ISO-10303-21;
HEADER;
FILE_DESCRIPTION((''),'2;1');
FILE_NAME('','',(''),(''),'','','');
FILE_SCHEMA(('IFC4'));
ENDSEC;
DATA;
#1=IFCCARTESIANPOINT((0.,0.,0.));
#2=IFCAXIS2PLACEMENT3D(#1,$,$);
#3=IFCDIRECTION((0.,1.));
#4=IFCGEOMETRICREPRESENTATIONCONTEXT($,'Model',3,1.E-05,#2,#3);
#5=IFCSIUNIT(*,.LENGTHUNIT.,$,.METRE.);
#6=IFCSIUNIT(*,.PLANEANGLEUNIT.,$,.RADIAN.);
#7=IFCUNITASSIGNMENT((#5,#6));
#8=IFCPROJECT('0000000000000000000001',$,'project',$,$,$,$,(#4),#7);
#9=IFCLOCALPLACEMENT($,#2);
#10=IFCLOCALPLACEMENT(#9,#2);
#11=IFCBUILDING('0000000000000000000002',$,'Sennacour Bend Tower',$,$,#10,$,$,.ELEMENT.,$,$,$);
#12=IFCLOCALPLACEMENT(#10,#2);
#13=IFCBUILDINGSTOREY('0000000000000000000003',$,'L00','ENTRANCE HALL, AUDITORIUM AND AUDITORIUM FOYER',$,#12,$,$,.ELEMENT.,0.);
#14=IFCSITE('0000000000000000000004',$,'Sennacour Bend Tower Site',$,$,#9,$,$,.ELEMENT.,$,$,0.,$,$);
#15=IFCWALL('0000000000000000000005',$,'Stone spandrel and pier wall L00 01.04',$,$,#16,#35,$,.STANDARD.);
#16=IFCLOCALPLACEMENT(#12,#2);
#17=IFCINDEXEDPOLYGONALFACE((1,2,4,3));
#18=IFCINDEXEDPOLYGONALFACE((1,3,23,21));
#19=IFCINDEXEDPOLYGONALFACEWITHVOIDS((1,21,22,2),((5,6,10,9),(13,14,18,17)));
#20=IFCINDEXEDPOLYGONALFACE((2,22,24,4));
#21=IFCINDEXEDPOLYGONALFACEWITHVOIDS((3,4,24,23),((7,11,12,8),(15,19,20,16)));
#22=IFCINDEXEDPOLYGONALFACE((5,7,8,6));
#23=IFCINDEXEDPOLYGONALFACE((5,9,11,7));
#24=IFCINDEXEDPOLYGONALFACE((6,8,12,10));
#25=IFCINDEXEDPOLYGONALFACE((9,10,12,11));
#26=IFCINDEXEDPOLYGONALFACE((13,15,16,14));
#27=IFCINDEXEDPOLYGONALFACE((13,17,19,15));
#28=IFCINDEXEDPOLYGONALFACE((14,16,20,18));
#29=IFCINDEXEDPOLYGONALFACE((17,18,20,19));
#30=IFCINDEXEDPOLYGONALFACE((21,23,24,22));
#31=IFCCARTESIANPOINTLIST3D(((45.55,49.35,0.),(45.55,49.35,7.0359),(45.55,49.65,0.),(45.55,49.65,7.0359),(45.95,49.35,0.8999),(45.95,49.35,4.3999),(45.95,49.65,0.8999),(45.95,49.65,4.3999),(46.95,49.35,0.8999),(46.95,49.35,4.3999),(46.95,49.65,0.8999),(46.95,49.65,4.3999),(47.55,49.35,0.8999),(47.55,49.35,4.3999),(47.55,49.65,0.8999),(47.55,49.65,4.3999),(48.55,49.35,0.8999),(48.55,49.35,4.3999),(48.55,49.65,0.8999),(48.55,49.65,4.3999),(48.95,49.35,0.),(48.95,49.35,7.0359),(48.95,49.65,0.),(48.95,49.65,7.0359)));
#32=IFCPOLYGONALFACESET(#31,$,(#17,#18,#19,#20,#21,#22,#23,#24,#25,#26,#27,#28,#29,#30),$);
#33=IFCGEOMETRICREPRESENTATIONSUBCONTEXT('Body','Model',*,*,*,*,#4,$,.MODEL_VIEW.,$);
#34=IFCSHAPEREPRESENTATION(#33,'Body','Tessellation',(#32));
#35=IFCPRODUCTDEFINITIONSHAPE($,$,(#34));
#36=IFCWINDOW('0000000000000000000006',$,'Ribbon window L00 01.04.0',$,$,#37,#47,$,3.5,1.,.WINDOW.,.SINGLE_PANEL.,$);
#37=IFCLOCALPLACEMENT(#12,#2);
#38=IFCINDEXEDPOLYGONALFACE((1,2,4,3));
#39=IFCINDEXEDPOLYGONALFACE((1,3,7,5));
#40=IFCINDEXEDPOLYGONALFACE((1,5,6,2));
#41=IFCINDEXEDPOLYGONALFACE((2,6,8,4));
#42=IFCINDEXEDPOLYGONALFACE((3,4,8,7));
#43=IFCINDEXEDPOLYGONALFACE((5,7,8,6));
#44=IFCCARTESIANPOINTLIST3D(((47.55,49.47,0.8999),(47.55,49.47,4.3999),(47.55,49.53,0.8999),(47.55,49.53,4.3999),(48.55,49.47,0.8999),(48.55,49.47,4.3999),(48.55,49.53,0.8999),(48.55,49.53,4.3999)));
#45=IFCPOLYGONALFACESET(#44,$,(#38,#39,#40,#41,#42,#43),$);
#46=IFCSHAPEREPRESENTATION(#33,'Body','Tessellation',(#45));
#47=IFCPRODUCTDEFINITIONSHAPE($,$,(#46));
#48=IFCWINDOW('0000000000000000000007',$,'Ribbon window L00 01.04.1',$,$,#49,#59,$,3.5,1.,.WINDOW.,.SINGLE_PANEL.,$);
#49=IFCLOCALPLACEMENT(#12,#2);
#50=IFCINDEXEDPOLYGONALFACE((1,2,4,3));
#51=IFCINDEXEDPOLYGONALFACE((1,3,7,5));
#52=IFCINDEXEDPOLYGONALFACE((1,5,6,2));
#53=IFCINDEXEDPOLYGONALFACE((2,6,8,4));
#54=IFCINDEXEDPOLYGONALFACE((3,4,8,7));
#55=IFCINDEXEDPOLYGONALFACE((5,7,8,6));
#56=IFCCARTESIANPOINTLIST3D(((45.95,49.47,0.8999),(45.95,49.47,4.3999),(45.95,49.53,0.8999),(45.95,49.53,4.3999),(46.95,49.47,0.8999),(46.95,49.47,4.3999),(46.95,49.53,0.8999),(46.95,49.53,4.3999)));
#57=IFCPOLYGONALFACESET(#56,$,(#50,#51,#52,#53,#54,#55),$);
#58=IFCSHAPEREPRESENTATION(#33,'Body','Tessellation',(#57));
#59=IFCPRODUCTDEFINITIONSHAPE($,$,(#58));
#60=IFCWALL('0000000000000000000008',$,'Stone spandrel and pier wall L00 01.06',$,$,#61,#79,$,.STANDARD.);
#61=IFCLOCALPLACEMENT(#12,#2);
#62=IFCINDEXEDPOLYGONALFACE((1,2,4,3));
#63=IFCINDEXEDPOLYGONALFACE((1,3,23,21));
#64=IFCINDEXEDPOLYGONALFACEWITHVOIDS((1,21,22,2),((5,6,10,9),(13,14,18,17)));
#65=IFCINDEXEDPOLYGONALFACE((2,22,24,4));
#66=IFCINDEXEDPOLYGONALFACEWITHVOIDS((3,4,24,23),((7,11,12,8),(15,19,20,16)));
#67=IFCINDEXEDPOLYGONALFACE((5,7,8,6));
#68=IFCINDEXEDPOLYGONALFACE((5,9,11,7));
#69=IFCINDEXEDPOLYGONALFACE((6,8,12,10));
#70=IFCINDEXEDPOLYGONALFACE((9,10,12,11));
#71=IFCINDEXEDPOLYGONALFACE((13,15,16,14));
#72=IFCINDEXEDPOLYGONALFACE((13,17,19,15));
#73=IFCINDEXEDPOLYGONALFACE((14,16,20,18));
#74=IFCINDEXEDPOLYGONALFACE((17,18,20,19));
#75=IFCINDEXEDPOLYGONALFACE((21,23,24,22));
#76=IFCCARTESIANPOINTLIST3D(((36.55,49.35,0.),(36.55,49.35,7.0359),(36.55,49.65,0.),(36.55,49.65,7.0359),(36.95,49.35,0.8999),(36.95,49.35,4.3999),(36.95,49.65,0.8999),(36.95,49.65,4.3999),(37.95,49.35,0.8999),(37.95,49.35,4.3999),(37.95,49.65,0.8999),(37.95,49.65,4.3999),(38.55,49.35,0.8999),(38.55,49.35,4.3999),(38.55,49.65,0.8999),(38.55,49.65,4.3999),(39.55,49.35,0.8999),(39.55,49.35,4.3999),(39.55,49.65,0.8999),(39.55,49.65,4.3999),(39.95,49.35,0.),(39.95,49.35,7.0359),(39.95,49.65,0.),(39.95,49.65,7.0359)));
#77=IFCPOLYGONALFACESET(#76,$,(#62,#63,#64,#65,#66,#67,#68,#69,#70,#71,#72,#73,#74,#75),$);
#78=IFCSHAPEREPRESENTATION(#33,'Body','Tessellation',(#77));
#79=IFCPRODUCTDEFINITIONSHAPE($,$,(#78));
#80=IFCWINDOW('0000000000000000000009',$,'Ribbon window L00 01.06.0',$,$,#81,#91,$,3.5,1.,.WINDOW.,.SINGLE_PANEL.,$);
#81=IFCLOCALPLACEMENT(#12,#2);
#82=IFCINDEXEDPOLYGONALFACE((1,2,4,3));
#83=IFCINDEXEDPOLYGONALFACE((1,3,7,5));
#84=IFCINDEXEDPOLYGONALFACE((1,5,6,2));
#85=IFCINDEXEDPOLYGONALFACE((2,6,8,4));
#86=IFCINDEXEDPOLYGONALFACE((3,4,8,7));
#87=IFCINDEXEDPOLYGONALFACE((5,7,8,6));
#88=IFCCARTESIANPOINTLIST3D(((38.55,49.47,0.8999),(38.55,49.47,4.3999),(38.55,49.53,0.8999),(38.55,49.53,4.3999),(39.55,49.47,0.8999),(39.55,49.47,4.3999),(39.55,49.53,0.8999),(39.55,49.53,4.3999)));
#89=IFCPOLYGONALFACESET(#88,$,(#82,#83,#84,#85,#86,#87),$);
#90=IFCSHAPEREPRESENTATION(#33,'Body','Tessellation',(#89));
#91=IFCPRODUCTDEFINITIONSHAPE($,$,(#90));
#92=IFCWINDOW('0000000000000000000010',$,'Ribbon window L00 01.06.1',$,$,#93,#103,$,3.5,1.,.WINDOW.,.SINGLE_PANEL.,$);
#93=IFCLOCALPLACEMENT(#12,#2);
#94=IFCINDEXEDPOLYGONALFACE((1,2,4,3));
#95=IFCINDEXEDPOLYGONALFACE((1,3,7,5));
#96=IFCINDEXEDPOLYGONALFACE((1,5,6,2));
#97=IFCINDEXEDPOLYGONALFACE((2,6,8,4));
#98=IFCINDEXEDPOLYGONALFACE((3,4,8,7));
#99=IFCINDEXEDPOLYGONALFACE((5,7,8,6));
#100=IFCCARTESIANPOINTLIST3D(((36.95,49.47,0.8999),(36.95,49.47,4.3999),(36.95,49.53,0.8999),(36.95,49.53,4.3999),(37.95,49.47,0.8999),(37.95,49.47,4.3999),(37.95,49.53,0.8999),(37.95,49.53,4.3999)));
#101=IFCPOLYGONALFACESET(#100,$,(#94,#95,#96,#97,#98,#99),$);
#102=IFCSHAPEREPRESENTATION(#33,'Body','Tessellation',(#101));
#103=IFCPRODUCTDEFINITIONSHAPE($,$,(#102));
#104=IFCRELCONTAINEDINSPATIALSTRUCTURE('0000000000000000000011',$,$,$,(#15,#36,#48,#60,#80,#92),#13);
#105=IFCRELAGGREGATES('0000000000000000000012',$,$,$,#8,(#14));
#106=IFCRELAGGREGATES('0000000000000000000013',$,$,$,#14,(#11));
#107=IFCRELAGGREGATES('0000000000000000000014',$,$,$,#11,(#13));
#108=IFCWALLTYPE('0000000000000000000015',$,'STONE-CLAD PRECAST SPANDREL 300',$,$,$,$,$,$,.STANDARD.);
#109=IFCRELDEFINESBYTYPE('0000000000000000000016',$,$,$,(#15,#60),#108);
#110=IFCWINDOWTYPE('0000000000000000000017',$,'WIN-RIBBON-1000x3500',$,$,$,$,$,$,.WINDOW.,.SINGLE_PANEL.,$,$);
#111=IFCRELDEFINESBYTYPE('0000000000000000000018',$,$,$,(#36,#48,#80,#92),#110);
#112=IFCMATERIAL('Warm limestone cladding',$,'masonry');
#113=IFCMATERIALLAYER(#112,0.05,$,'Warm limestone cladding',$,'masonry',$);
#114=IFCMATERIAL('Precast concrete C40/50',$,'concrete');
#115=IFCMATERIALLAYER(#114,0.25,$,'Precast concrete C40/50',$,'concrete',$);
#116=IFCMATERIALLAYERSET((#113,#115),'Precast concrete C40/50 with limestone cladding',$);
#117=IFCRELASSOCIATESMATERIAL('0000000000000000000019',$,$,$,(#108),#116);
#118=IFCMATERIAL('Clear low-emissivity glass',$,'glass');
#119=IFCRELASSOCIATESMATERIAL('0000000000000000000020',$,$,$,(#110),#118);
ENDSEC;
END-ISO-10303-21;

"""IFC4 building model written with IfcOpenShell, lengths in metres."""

from ifc_helpers import new_model, si_unit, direction, frame, frame_2d, origin, place, context, subcontext, project, spatial, rectangle, extrude, material, layer, layer_set, type_object, element, fill, save


model = new_model("IFC4")

# Units and contexts
model_context = context("Model", 3, precision=1e-05, world=origin(), true_north=direction((0.0, 1.0)))
body_context = subcontext(model_context, "Body", "Model", "MODEL_VIEW")
ifc_project = project(units=[si_unit("LENGTHUNIT", "METRE"), si_unit("PLANEANGLEUNIT", "RADIAN")], contexts=[model_context])

# Site, building, storey
site_placement = place(None, origin())
site = spatial("IfcSite", under=ifc_project, at=site_placement, Name="Sennacour Bend Tower Site", CompositionType="ELEMENT", RefElevation=0.0)
building_placement = place(site_placement, origin())
building = spatial("IfcBuilding", under=site, at=building_placement, Name="Sennacour Bend Tower", CompositionType="ELEMENT")
storey_placement = place(building_placement, origin())
storey = spatial("IfcBuildingStorey", under=building, at=storey_placement, Name="L00", Description="ENTRANCE HALL, AUDITORIUM AND AUDITORIUM FOYER", CompositionType="ELEMENT", Elevation=0.0)

# Shared definitions
ifc_material_1 = material(Name="Precast concrete C40/50", Category="concrete")

# Walls, openings, windows
ifc_material_2 = material(Name="Warm limestone cladding", Category="masonry")
ifc_layer_1 = layer(ifc_material_2, 0.05, Name="Warm limestone cladding", Category="masonry")
ifc_layer_2 = layer(ifc_material_1, 0.25, Name="Precast concrete C40/50", Category="concrete")
ifc_layer_set_1 = layer_set([ifc_layer_1, ifc_layer_2], Name="Precast concrete C40/50 with limestone cladding")
wall_type_1 = type_object("IfcWallType", Name="STONE-CLAD PRECAST SPANDREL 300", PredefinedType="STANDARD", material=ifc_layer_set_1)
wall_1_placement = place(storey_placement, frame((48.95, 49.5, 0.0), z_axis=(0.0, 0.0, 1.0), x_axis=(-1.0, 0.0, 0.0)))
wall_1 = element("IfcWall", 1, at=wall_1_placement, inside=storey, type_object=wall_type_1, Name="Stone spandrel and pier wall L00 01.04", PredefinedType="STANDARD", context=body_context, shape_type="SweptSolid", body=[
    extrude(rectangle(XDim=3.3999, YDim=0.3, at=frame_2d((1.7, 0.0))), origin(), (0.0, 0.0, 1.0), 7.0359),
])
opening_1_placement = place(wall_1_placement, frame((0.3999, 0.0, 0.8999)))
opening_1 = element("IfcOpeningElement", 2, at=opening_1_placement, cuts=wall_1, PredefinedType="OPENING", context=body_context, shape_type="SweptSolid", body=[
    extrude(rectangle(XDim=1.0, YDim=3.5, at=frame_2d((0.5, 1.75))), frame((0.0, 0.1602, 0.0), z_axis=(0.0, -1.0, 0.0), x_axis=(1.0, 0.0, 0.0)), (0.0, 0.0, 1.0), 0.3201),
])
opening_2_placement = place(wall_1_placement, frame((2.0, 0.0, 0.8999)))
opening_2 = element("IfcOpeningElement", 3, at=opening_2_placement, cuts=wall_1, PredefinedType="OPENING", context=body_context, shape_type="SweptSolid", body=[
    extrude(rectangle(XDim=1.0, YDim=3.5, at=frame_2d((0.5, 1.75))), frame((0.0, 0.1602, 0.0), z_axis=(0.0, -1.0, 0.0), x_axis=(1.0, 0.0, 0.0)), (0.0, 0.0, 1.0), 0.3201),
])
ifc_material_3 = material(Name="Clear low-emissivity glass", Category="glass")
window_type = type_object("IfcWindowType", Name="WIN-RIBBON-1000x3500", PartitioningType="SINGLE_PANEL", PredefinedType="WINDOW", material=ifc_material_3)
window_1_placement = place(opening_1_placement, origin())
window_1 = element("IfcWindow", 4, at=window_1_placement, inside=storey, type_object=window_type, Name="Ribbon window L00 01.04.0", OverallHeight=3.5, OverallWidth=1.0, PartitioningType="SINGLE_PANEL", PredefinedType="WINDOW", context=body_context, shape_type="SweptSolid", body=[
    extrude(rectangle(XDim=1.0, YDim=3.5, at=frame_2d((0.5, 1.75))), frame((0.0, 0.03, 0.0), z_axis=(0.0, -1.0, 0.0), x_axis=(1.0, 0.0, 0.0)), (0.0, 0.0, 1.0), 0.0601),
])
fill(opening_1, window_1)
window_2_placement = place(opening_2_placement, origin())
window_2 = element("IfcWindow", 5, at=window_2_placement, inside=storey, type_object=window_type, Name="Ribbon window L00 01.04.1", OverallHeight=3.5, OverallWidth=1.0, PartitioningType="SINGLE_PANEL", PredefinedType="WINDOW", context=body_context, shape_type="SweptSolid", body=[
    extrude(rectangle(XDim=1.0, YDim=3.5, at=frame_2d((0.5, 1.75))), frame((0.0, 0.03, 0.0), z_axis=(0.0, -1.0, 0.0), x_axis=(1.0, 0.0, 0.0)), (0.0, 0.0, 1.0), 0.0601),
])
fill(opening_2, window_2)
wall_2_placement = place(storey_placement, frame((39.95, 49.5, 0.0), z_axis=(0.0, 0.0, 1.0), x_axis=(-1.0, 0.0, 0.0)))
wall_2 = element("IfcWall", 6, at=wall_2_placement, inside=storey, type_object=wall_type_1, Name="Stone spandrel and pier wall L00 01.06", PredefinedType="STANDARD", context=body_context, shape_type="SweptSolid", body=[
    extrude(rectangle(XDim=3.3999, YDim=0.3, at=frame_2d((1.7, 0.0))), origin(), (0.0, 0.0, 1.0), 7.0359),
])
opening_3_placement = place(wall_2_placement, frame((0.3999, 0.0, 0.8999)))
opening_3 = element("IfcOpeningElement", 7, at=opening_3_placement, cuts=wall_2, PredefinedType="OPENING", context=body_context, shape_type="SweptSolid", body=[
    extrude(rectangle(XDim=1.0, YDim=3.5, at=frame_2d((0.5, 1.75))), frame((0.0, 0.1602, 0.0), z_axis=(0.0, -1.0, 0.0), x_axis=(1.0, 0.0, 0.0)), (0.0, 0.0, 1.0), 0.3201),
])
opening_4_placement = place(wall_2_placement, frame((2.0, 0.0, 0.8999)))
opening_4 = element("IfcOpeningElement", 8, at=opening_4_placement, cuts=wall_2, PredefinedType="OPENING", context=body_context, shape_type="SweptSolid", body=[
    extrude(rectangle(XDim=1.0, YDim=3.5, at=frame_2d((0.5, 1.75))), frame((0.0, 0.1602, 0.0), z_axis=(0.0, -1.0, 0.0), x_axis=(1.0, 0.0, 0.0)), (0.0, 0.0, 1.0), 0.3201),
])
window_3_placement = place(opening_3_placement, origin())
window_3 = element("IfcWindow", 9, at=window_3_placement, inside=storey, type_object=window_type, Name="Ribbon window L00 01.06.0", OverallHeight=3.5, OverallWidth=1.0, PartitioningType="SINGLE_PANEL", PredefinedType="WINDOW", context=body_context, shape_type="SweptSolid", body=[
    extrude(rectangle(XDim=1.0, YDim=3.5, at=frame_2d((0.5, 1.75))), frame((0.0, 0.03, 0.0), z_axis=(0.0, -1.0, 0.0), x_axis=(1.0, 0.0, 0.0)), (0.0, 0.0, 1.0), 0.0601),
])
fill(opening_3, window_3)
window_4_placement = place(opening_4_placement, origin())
window_4 = element("IfcWindow", 10, at=window_4_placement, inside=storey, type_object=window_type, Name="Ribbon window L00 01.06.1", OverallHeight=3.5, OverallWidth=1.0, PartitioningType="SINGLE_PANEL", PredefinedType="WINDOW", context=body_context, shape_type="SweptSolid", body=[
    extrude(rectangle(XDim=1.0, YDim=3.5, at=frame_2d((0.5, 1.75))), frame((0.0, 0.03, 0.0), z_axis=(0.0, -1.0, 0.0), x_axis=(1.0, 0.0, 0.0)), (0.0, 0.0, 1.0), 0.0601),
])
fill(opening_4, window_4)

save(model, "model.ifc")
